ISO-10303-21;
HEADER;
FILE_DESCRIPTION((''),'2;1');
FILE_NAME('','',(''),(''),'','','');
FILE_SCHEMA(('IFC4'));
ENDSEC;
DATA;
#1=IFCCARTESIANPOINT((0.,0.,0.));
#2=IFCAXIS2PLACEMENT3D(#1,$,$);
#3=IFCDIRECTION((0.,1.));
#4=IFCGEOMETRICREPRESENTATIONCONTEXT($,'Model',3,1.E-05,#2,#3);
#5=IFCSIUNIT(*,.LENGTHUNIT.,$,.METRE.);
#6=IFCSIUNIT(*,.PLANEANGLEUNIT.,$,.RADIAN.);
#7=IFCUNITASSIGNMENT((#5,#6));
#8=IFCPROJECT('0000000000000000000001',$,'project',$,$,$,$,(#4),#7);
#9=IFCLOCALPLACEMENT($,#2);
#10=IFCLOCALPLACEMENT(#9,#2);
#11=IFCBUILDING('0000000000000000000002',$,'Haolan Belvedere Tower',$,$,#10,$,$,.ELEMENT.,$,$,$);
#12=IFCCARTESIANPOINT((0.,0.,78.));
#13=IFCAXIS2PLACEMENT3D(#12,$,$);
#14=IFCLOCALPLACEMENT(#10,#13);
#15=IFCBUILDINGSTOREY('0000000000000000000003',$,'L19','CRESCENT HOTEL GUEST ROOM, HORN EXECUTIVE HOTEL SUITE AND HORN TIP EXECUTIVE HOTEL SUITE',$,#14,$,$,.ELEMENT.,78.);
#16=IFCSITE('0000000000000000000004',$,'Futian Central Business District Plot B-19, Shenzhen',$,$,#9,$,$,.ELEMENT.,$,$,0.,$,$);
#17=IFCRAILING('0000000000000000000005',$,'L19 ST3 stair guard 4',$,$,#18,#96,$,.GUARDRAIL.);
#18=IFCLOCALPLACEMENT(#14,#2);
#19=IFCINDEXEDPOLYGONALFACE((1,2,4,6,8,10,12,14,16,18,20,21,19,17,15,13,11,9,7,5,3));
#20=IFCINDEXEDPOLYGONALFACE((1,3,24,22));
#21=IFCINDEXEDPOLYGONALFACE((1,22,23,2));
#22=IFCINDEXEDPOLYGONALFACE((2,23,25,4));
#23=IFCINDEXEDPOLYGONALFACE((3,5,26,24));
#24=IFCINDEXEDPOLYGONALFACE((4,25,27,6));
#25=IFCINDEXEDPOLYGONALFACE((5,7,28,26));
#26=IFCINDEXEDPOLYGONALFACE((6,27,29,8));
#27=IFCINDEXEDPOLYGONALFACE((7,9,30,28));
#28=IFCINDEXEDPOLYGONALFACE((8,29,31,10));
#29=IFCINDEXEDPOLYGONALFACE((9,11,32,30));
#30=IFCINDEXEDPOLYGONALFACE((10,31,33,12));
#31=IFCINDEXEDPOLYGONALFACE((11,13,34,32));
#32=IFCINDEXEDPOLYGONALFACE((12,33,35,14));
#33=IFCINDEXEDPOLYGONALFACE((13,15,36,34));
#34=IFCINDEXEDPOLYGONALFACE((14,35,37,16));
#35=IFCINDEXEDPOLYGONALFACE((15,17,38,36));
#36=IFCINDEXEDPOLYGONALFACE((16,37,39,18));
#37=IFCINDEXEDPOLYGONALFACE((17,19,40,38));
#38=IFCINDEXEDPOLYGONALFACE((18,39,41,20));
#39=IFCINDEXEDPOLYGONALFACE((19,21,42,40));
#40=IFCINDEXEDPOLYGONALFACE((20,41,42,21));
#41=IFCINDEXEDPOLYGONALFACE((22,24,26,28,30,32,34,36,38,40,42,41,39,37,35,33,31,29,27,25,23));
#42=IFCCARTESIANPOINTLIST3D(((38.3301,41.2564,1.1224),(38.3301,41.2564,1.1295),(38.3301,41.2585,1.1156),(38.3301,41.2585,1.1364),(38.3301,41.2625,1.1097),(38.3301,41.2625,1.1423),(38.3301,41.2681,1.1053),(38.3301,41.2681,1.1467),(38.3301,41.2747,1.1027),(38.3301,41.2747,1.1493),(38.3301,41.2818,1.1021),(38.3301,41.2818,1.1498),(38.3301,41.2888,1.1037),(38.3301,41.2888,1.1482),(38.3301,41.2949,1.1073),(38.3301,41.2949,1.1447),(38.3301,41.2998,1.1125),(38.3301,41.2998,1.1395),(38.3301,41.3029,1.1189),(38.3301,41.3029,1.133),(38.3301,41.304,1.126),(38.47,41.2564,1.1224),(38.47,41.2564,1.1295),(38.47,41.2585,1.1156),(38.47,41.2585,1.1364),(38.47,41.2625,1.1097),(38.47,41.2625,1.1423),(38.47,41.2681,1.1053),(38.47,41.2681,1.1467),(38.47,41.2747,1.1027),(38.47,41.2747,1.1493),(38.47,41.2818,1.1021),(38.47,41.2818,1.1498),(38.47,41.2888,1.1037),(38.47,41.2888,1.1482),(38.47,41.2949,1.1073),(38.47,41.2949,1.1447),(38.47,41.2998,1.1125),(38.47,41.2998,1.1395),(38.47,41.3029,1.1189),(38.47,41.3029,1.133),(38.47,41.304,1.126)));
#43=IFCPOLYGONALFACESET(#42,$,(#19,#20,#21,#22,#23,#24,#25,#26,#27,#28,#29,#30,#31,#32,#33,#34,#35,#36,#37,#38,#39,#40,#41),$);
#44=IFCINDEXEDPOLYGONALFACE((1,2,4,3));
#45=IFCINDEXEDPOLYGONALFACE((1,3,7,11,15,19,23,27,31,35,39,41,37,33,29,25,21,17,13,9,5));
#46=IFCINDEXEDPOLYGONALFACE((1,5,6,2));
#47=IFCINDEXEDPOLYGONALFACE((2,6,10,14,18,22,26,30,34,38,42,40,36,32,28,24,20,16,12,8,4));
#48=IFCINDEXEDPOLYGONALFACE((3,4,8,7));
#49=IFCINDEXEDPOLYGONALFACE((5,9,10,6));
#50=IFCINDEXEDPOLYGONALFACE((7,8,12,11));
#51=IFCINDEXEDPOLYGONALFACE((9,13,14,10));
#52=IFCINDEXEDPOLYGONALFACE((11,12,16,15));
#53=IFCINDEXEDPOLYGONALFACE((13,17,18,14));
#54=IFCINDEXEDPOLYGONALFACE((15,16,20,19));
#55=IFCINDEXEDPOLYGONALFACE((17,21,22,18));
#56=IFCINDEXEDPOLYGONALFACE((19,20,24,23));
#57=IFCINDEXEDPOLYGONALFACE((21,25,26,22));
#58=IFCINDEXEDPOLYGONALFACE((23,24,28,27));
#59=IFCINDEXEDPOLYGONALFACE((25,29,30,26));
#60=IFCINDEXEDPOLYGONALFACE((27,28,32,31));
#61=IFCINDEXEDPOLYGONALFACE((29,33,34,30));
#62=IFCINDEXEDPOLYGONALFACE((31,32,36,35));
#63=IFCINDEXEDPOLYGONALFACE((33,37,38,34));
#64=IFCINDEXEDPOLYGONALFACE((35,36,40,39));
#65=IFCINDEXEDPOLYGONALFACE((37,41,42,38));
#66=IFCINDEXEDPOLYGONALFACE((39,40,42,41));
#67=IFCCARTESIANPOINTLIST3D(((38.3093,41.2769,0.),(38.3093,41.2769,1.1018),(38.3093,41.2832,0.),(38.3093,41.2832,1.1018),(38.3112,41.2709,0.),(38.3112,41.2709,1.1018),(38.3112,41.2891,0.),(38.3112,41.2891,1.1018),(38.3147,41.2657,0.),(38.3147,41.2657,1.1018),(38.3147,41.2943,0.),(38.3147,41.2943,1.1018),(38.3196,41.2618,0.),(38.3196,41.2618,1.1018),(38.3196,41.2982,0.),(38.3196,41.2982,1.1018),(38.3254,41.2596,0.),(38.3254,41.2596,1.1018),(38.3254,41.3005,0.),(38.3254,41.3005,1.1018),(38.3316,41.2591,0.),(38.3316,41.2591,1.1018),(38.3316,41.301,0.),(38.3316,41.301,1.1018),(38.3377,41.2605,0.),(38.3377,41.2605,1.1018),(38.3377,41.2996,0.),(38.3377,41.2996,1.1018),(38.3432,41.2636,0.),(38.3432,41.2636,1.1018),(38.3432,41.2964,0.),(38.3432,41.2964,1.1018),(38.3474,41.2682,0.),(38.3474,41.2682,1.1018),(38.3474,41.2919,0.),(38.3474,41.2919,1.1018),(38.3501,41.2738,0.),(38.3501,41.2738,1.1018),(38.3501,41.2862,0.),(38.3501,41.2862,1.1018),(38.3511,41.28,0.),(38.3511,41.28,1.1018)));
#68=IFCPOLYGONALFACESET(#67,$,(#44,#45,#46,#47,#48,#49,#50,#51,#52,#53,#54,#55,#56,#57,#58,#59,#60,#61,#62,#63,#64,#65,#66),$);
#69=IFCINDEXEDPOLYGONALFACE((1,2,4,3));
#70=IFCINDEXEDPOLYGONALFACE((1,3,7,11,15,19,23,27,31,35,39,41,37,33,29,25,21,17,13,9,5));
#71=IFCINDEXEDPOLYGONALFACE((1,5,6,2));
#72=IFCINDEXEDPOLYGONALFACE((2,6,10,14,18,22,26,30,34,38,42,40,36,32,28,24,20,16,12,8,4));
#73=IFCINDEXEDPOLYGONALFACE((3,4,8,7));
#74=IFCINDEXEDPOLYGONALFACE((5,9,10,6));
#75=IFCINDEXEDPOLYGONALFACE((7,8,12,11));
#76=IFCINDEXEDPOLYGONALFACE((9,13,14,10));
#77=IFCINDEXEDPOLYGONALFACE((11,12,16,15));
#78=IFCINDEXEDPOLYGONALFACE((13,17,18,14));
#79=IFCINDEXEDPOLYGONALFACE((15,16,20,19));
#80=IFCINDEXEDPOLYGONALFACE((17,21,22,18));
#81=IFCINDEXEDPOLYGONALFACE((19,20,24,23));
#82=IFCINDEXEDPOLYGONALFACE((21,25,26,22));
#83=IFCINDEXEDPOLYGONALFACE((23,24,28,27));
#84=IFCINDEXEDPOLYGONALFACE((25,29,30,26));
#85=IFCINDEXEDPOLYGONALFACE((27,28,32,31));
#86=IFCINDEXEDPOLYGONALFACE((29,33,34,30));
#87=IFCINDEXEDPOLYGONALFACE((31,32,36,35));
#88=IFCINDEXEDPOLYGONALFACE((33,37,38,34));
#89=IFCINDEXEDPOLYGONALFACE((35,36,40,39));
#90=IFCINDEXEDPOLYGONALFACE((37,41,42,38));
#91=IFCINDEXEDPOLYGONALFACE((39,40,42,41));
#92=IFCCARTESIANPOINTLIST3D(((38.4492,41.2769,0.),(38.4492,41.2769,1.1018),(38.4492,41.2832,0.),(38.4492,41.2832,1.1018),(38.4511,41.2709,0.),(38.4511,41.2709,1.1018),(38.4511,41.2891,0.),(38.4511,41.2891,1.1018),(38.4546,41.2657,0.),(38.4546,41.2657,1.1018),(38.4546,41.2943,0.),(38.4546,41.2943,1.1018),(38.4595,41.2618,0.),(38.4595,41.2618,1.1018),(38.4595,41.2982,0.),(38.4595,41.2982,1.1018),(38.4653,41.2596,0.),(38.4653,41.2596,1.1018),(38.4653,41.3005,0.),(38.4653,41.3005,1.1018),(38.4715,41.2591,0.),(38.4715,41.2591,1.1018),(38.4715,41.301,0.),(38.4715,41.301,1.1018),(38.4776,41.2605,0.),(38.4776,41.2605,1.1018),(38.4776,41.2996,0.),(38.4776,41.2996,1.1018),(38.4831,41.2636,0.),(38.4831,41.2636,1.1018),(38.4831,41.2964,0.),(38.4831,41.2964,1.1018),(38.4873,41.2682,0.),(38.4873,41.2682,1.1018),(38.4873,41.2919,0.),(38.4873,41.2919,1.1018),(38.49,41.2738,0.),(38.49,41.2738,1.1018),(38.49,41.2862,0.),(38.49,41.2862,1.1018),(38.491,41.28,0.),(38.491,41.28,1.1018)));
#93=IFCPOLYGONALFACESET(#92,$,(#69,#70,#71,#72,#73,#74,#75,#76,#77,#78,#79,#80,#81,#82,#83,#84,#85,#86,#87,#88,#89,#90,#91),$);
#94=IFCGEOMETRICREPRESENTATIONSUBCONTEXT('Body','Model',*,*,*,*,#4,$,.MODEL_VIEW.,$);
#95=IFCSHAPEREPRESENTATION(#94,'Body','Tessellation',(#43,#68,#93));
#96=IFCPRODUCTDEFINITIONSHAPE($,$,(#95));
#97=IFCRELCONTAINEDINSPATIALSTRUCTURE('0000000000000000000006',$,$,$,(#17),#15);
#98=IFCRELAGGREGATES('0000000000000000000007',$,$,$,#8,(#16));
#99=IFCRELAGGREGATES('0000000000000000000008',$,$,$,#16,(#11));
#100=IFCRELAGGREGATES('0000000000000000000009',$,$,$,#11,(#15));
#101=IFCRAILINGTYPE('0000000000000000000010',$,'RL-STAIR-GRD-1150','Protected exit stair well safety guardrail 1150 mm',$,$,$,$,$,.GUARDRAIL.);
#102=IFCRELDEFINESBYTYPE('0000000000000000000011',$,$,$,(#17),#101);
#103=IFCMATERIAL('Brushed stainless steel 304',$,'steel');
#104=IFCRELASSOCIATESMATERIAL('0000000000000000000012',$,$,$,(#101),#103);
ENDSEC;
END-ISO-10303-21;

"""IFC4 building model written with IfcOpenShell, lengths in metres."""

from ifc_helpers import new_model, si_unit, direction, frame, origin, origin_2d, place, context, subcontext, project, spatial, circle, extrude, material, type_object, element, save


model = new_model("IFC4")

# Units and contexts
model_context = context("Model", 3, precision=1e-05, world=origin(), true_north=direction((0.0, 1.0)))
body_context = subcontext(model_context, "Body", "Model", "MODEL_VIEW")
ifc_project = project(units=[si_unit("LENGTHUNIT", "METRE"), si_unit("PLANEANGLEUNIT", "RADIAN")], contexts=[model_context])

# Site, building, storey
site_placement = place(None, origin())
site = spatial("IfcSite", under=ifc_project, at=site_placement, Name="Futian Central Business District Plot B-19, Shenzhen", CompositionType="ELEMENT", RefElevation=0.0)
building_placement = place(site_placement, origin())
building = spatial("IfcBuilding", under=site, at=building_placement, Name="Haolan Belvedere Tower", CompositionType="ELEMENT")
storey_placement = place(building_placement, frame((0.0, 0.0, 78.0)))
storey = spatial("IfcBuildingStorey", under=building, at=storey_placement, Name="L19", Description="CRESCENT HOTEL GUEST ROOM, HORN EXECUTIVE HOTEL SUITE AND HORN TIP EXECUTIVE HOTEL SUITE", CompositionType="ELEMENT", Elevation=78.0)

# Railing
ifc_material_1 = material(Name="Brushed stainless steel 304", Category="steel")
railing_type_1 = type_object("IfcRailingType", Name="RL-STAIR-GRD-1150", Description="Protected exit stair well safety guardrail 1150 mm", PredefinedType="GUARDRAIL", material=ifc_material_1)
railing_1_placement = place(storey_placement, frame((38.3301, 41.28, 0.0)))
element("IfcRailing", 1, at=railing_1_placement, inside=storey, type_object=railing_type_1, Name="L19 ST3 stair guard 4", PredefinedType="GUARDRAIL", context=body_context, shape_type="SweptSolid", body=[
    extrude(circle(Radius=0.0239, at=origin_2d()), frame((0.0, 0.0, 1.126), z_axis=(1.0, 0.0, 0.0), x_axis=(0.0, 1.0, 0.0)), (0.0, 0.0, 1.0), 0.1399),
    extrude(circle(Radius=0.021, at=origin_2d()), origin(), (0.0, 0.0, 1.0), 1.1018),
    extrude(circle(Radius=0.021, at=origin_2d()), frame((0.1399, 0.0, 0.0)), (0.0, 0.0, 1.0), 1.1018),
])

save(model, "model.ifc")
